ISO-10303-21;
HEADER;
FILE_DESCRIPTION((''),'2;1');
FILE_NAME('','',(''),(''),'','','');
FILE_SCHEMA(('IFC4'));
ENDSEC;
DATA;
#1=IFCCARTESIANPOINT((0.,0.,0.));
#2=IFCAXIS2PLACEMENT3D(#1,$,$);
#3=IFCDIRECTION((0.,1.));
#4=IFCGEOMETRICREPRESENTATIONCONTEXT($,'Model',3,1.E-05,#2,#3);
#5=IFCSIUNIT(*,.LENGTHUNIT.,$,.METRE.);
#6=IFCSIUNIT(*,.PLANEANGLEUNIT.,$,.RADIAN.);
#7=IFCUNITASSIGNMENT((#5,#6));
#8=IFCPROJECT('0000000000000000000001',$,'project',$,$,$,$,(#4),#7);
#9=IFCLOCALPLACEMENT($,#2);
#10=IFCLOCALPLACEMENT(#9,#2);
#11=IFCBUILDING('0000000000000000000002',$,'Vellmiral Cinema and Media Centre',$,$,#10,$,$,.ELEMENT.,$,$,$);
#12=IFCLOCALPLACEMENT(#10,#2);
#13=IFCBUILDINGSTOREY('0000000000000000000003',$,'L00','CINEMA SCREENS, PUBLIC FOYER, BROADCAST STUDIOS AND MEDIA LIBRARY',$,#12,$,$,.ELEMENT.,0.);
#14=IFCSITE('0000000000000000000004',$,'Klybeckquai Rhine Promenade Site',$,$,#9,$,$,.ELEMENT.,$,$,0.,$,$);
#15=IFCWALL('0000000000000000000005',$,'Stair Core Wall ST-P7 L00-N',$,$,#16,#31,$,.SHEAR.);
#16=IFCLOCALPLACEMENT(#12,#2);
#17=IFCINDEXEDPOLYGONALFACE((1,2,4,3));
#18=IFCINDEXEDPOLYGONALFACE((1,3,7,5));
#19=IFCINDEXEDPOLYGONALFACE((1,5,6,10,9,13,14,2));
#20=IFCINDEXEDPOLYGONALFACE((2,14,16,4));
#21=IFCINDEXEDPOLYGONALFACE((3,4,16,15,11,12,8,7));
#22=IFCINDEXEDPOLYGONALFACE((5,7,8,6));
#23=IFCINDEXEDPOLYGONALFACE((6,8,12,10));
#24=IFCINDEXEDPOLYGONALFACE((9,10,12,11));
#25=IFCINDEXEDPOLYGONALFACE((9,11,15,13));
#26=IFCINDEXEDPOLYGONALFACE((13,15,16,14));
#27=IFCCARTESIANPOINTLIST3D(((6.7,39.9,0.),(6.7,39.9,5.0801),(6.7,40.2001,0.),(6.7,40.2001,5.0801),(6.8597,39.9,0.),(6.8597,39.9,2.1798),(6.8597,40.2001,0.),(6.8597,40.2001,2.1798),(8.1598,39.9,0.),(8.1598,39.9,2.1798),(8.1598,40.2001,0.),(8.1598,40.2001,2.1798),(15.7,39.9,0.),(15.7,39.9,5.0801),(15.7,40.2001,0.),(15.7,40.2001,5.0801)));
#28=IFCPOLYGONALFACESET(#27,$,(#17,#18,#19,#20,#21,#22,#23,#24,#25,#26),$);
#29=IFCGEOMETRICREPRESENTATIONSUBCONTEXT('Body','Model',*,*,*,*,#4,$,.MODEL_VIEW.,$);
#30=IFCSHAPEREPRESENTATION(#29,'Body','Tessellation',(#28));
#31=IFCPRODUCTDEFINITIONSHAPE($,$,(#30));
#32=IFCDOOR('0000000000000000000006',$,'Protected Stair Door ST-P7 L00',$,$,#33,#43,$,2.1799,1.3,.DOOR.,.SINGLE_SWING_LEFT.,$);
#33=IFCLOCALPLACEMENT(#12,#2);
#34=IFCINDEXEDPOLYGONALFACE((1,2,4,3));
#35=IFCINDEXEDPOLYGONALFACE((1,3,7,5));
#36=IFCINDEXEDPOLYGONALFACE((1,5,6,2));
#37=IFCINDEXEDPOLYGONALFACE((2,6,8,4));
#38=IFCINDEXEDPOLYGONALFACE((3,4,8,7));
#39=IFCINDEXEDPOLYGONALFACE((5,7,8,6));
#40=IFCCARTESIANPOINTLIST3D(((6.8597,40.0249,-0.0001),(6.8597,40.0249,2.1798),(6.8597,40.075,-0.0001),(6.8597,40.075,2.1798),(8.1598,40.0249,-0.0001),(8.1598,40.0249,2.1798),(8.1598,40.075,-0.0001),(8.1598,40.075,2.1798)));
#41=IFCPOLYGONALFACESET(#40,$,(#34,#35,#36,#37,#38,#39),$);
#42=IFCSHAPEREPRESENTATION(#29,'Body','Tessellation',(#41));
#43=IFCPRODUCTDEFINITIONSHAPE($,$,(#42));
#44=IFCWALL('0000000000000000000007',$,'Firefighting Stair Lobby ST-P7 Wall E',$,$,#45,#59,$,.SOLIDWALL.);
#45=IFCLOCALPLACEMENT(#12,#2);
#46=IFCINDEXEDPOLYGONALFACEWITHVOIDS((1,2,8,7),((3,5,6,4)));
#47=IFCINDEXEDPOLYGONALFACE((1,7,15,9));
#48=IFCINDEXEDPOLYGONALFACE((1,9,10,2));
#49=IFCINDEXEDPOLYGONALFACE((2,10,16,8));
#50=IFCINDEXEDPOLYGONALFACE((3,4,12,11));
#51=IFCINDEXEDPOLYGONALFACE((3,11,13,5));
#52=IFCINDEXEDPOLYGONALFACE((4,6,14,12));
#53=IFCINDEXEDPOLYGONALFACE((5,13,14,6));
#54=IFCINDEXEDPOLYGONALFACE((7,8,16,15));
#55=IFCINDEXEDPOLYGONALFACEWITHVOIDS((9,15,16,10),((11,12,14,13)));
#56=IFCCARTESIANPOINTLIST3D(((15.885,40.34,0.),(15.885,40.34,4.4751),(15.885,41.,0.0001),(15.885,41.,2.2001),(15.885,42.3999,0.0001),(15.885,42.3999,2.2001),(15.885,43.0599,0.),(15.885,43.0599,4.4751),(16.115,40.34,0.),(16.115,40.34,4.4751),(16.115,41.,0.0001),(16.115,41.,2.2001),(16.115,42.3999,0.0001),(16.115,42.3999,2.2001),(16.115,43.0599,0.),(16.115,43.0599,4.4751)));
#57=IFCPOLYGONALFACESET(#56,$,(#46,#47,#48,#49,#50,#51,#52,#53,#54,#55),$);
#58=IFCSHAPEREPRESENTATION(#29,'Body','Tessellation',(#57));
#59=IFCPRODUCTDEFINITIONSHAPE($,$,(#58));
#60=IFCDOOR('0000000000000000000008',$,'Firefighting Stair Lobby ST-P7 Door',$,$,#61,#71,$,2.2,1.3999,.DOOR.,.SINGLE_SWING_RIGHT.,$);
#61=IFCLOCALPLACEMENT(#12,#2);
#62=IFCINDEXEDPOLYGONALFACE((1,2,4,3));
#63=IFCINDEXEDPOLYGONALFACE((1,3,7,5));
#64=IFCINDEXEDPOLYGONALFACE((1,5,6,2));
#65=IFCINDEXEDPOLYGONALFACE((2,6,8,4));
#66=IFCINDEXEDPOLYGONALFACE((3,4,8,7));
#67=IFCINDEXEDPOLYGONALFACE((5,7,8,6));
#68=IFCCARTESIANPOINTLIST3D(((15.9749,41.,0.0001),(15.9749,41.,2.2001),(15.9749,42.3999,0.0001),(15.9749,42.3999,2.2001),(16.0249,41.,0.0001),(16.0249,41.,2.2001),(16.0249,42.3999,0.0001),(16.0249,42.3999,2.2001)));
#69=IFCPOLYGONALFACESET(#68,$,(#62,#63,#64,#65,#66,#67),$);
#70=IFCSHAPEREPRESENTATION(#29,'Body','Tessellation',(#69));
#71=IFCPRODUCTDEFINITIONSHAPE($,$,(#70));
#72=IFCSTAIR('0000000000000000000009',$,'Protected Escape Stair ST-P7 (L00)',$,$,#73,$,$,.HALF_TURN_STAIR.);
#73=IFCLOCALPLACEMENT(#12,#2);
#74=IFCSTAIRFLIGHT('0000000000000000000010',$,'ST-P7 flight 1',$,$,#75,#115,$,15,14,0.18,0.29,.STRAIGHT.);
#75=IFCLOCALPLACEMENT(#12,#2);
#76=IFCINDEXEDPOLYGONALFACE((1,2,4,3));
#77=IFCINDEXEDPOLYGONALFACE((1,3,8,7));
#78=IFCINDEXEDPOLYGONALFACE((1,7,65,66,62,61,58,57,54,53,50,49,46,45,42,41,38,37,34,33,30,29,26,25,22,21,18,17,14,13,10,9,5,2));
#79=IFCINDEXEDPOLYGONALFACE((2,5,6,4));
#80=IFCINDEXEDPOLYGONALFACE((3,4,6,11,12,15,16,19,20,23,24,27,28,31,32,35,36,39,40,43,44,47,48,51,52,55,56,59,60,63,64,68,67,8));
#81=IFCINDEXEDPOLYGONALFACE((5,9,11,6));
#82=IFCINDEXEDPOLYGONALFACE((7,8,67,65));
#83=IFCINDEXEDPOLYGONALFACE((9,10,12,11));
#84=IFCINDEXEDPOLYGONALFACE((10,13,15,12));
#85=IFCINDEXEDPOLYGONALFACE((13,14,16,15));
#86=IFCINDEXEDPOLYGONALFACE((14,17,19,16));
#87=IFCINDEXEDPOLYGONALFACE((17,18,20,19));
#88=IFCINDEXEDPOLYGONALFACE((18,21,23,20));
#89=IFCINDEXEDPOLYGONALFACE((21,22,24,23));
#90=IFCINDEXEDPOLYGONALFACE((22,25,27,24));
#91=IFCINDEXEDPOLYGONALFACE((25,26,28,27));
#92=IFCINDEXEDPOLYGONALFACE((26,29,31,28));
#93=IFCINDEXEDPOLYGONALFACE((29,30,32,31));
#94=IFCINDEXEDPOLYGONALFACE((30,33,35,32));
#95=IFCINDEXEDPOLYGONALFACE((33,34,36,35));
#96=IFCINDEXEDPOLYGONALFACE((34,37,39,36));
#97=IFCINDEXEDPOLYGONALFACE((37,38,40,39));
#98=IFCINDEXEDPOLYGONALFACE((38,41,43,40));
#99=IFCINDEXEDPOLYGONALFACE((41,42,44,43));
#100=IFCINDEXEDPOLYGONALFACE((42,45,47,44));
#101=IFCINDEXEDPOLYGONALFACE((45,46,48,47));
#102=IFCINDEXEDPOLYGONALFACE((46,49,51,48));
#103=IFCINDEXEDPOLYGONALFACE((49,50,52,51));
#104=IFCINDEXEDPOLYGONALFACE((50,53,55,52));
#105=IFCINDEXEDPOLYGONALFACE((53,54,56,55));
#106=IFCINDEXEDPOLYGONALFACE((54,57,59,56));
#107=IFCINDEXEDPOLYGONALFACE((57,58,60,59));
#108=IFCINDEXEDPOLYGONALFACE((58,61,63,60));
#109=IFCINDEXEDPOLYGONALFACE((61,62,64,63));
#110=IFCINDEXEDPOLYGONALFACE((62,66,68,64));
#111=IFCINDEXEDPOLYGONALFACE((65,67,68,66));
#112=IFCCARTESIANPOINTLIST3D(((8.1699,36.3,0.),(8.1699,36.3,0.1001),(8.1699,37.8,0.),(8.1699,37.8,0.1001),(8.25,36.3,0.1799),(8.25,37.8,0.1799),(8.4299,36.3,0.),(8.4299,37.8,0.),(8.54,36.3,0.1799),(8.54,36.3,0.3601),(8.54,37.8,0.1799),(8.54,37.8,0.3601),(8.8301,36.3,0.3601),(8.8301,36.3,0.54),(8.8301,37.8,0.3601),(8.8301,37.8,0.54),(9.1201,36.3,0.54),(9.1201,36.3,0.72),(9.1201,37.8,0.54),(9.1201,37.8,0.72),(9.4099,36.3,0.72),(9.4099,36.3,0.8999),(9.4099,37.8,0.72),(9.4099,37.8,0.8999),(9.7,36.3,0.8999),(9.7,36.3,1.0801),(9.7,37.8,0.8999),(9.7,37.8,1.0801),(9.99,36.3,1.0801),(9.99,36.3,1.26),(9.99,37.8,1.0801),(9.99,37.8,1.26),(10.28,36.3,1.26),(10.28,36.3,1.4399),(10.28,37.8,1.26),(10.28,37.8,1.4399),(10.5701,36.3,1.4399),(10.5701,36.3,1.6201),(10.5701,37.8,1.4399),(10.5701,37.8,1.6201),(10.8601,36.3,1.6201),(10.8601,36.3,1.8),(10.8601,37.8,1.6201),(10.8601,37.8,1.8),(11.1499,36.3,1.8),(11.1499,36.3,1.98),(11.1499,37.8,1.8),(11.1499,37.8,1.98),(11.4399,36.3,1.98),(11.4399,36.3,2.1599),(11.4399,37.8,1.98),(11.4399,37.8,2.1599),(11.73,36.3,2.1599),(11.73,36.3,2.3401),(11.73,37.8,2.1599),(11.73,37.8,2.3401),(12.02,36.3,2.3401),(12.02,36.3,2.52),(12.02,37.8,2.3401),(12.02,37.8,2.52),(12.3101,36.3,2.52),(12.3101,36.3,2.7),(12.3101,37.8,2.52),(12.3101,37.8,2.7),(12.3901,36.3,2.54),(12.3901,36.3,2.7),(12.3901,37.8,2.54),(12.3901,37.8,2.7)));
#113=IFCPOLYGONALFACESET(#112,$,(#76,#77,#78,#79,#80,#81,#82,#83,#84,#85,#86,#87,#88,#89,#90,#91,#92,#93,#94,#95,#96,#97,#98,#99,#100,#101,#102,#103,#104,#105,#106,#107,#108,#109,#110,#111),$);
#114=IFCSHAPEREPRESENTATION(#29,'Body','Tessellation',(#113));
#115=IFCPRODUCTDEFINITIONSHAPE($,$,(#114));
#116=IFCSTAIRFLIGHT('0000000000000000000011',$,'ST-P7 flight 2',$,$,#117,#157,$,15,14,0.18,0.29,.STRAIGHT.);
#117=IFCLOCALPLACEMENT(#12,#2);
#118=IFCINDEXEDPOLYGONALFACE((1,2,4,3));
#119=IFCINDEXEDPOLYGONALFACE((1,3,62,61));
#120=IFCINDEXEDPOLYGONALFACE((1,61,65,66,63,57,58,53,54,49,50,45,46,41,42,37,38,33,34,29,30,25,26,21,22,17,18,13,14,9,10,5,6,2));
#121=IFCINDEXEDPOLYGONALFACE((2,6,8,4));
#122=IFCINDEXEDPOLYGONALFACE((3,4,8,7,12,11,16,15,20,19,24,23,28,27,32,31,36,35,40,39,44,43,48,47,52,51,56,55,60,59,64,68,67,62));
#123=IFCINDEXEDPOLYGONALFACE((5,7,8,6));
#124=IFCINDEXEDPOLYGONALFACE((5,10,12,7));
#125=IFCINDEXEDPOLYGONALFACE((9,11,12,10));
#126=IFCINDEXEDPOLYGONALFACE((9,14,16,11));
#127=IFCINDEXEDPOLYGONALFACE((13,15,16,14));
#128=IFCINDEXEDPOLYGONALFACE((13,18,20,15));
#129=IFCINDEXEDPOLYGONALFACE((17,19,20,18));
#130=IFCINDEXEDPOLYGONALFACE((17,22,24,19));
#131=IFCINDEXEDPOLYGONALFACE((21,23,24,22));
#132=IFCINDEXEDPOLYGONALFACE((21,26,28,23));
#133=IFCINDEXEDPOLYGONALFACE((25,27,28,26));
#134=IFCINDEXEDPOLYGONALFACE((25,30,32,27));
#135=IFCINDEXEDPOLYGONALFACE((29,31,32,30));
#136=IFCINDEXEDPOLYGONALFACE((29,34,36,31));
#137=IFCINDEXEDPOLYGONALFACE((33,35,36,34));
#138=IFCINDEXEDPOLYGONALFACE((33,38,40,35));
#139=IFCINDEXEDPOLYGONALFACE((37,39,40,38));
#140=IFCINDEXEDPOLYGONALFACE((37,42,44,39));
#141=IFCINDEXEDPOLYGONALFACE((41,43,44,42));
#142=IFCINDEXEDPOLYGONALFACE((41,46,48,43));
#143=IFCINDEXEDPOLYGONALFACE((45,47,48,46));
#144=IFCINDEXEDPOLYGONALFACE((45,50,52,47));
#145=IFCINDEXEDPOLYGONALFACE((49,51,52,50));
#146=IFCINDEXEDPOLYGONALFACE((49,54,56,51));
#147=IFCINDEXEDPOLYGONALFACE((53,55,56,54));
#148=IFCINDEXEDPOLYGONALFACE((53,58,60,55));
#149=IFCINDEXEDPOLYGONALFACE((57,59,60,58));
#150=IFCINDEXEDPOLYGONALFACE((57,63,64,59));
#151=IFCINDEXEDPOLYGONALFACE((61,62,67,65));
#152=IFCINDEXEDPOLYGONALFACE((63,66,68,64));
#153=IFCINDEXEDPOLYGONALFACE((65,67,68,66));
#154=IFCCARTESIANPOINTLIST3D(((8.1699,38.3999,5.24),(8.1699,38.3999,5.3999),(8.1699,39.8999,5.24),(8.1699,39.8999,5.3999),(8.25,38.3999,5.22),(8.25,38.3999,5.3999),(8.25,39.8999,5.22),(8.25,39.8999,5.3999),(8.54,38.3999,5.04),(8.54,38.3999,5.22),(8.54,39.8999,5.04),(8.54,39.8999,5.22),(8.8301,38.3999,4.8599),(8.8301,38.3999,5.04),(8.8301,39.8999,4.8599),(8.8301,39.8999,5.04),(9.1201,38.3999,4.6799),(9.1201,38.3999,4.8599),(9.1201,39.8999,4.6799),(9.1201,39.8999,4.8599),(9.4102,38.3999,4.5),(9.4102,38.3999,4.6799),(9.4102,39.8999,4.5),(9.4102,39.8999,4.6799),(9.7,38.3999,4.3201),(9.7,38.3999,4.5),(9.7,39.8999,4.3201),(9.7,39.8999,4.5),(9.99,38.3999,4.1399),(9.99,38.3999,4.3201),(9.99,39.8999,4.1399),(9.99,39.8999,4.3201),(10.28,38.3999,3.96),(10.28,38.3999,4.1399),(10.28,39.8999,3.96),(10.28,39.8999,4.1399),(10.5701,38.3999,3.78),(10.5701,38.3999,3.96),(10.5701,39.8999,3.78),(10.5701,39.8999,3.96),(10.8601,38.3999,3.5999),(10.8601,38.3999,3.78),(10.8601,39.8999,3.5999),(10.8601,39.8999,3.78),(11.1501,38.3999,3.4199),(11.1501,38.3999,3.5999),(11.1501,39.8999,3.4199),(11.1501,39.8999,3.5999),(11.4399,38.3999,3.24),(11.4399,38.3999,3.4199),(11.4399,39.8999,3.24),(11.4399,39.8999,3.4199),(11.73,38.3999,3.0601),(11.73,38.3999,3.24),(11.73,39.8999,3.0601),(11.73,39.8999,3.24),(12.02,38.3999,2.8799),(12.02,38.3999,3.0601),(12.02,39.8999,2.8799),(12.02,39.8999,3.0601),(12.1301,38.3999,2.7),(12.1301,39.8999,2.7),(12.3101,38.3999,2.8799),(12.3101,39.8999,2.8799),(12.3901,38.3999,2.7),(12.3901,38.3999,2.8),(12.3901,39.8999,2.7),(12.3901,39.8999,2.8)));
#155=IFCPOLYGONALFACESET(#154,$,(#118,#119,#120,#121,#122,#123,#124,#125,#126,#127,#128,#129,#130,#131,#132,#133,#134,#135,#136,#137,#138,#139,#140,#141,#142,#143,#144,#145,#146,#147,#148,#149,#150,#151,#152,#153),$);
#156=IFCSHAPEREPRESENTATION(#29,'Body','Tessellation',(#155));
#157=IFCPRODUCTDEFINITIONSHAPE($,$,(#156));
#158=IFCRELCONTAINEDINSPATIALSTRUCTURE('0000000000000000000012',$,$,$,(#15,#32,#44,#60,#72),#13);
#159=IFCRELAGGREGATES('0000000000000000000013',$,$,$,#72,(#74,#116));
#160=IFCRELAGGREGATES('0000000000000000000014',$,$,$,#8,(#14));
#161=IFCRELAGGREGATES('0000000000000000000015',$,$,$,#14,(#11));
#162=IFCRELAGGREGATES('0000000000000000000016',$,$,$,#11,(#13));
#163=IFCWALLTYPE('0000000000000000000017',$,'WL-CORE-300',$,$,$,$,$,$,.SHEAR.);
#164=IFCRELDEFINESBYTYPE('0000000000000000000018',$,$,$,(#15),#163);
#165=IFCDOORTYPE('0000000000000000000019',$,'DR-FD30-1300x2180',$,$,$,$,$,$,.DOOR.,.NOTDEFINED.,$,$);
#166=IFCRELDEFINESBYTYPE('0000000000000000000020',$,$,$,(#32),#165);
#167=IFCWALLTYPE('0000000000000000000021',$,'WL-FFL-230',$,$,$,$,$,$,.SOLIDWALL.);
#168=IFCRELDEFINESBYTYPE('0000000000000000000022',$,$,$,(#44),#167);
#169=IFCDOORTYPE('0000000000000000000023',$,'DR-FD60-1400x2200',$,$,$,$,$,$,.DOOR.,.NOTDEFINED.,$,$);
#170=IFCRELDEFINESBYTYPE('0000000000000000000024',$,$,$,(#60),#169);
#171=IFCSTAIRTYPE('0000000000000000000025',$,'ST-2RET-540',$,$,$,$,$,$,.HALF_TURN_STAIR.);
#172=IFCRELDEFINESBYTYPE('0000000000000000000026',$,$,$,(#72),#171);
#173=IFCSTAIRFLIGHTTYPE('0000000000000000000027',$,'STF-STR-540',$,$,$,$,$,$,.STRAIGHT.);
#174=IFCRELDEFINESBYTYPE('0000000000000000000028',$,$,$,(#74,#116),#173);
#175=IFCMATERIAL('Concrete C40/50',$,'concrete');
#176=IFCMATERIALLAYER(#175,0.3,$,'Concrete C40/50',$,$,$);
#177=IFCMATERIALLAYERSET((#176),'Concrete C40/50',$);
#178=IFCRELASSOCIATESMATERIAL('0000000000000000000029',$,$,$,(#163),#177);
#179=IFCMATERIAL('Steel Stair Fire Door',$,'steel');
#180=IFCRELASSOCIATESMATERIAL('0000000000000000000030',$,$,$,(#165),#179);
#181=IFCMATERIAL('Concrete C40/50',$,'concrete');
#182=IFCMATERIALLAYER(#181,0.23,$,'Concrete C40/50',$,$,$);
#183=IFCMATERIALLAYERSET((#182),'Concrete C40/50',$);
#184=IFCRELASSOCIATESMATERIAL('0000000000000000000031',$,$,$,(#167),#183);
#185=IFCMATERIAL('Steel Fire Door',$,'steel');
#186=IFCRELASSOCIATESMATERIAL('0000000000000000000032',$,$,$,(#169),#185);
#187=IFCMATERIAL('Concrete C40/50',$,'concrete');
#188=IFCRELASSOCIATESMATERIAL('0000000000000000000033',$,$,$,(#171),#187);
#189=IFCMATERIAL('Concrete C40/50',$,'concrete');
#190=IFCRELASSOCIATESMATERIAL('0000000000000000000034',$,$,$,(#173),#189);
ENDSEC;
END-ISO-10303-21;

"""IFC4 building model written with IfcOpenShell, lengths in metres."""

from ifc_helpers import new_model, si_unit, direction, frame, frame_2d, origin, place, context, subcontext, project, spatial, polyline, rectangle, outline, extrude, material, layer, layer_set, type_object, element, fill, aggregate, save


model = new_model("IFC4")

# Units and contexts
model_context = context("Model", 3, precision=1e-05, world=origin(), true_north=direction((0.0, 1.0)))
body_context = subcontext(model_context, "Body", "Model", "MODEL_VIEW")
ifc_project = project(units=[si_unit("LENGTHUNIT", "METRE"), si_unit("PLANEANGLEUNIT", "RADIAN")], contexts=[model_context])

# Site, building, storey
site_placement = place(None, origin())
site = spatial("IfcSite", under=ifc_project, at=site_placement, Name="Klybeckquai Rhine Promenade Site", CompositionType="ELEMENT", RefElevation=0.0)
building_placement = place(site_placement, origin())
building = spatial("IfcBuilding", under=site, at=building_placement, Name="Vellmiral Cinema and Media Centre", CompositionType="ELEMENT")
storey_placement = place(building_placement, origin())
storey = spatial("IfcBuildingStorey", under=building, at=storey_placement, Name="L00", Description="CINEMA SCREENS, PUBLIC FOYER, BROADCAST STUDIOS AND MEDIA LIBRARY", CompositionType="ELEMENT", Elevation=0.0)

# Shared definitions
ifc_material_1 = material(Name="Concrete C40/50", Category="concrete")
ifc_layer_1 = layer(ifc_material_1, 0.3, Name="Concrete C40/50")
ifc_layer_set_1 = layer_set([ifc_layer_1], Name="Concrete C40/50")
wall_type_1 = type_object("IfcWallType", Name="WL-CORE-300", PredefinedType="SHEAR", material=ifc_layer_set_1)

# Walls, openings, doors
wall_1_placement = place(storey_placement, frame((6.7, 40.05, 0.0), z_axis=(0.0, 0.0, 1.0), x_axis=(1.0, 0.0, 0.0)))
wall_1 = element("IfcWall", 1, at=wall_1_placement, inside=storey, type_object=wall_type_1, Name="Stair Core Wall ST-P7 L00-N", PredefinedType="SHEAR", context=body_context, shape_type="SweptSolid", body=[
    extrude(rectangle(XDim=9.0, YDim=0.3, at=frame_2d((4.5, 0.0))), origin(), (0.0, 0.0, 1.0), 5.0801),
])
opening_1_placement = place(wall_1_placement, frame((0.1599, 0.0, 0.0)))
opening_1 = element("IfcOpeningElement", 2, at=opening_1_placement, cuts=wall_1, PredefinedType="OPENING", context=body_context, shape_type="SweptSolid", body=[
    extrude(rectangle(XDim=1.3, YDim=2.1799, at=frame_2d((0.6499, 1.0898))), frame((0.0, 0.1621, 0.0), z_axis=(0.0, -1.0, 0.0), x_axis=(1.0, 0.0, 0.0)), (0.0, 0.0, 1.0), 0.324),
])
ifc_material_2 = material(Name="Steel Stair Fire Door", Category="steel")
door_type_1 = type_object("IfcDoorType", Name="DR-FD30-1300x2180", OperationType="NOTDEFINED", PredefinedType="DOOR", material=ifc_material_2)
door_1_placement = place(opening_1_placement, origin())
door_1 = element("IfcDoor", 3, at=door_1_placement, inside=storey, type_object=door_type_1, Name="Protected Stair Door ST-P7 L00", OperationType="SINGLE_SWING_LEFT", OverallHeight=2.1799, OverallWidth=1.3, PredefinedType="DOOR", context=body_context, shape_type="SweptSolid", body=[
    extrude(rectangle(XDim=1.3, YDim=2.1799, at=frame_2d((0.6499, 1.0898))), frame((0.0, 0.0249, 0.0), z_axis=(0.0, -1.0, 0.0), x_axis=(1.0, 0.0, 0.0)), (0.0, 0.0, 1.0), 0.05),
])
fill(opening_1, door_1)
ifc_material_3 = material(Name="Concrete C40/50", Category="concrete")
ifc_layer_2 = layer(ifc_material_3, 0.23, Name="Concrete C40/50")
ifc_layer_set_2 = layer_set([ifc_layer_2], Name="Concrete C40/50")
wall_type_2 = type_object("IfcWallType", Name="WL-FFL-230", PredefinedType="SOLIDWALL", material=ifc_layer_set_2)
wall_2_placement = place(storey_placement, frame((16.0, 40.3401, 0.0), z_axis=(0.0, 0.0, 1.0), x_axis=(0.0, 1.0, 0.0)))
wall_2 = element("IfcWall", 4, at=wall_2_placement, inside=storey, type_object=wall_type_2, Name="Firefighting Stair Lobby ST-P7 Wall E", PredefinedType="SOLIDWALL", context=body_context, shape_type="SweptSolid", body=[
    extrude(rectangle(XDim=2.72, YDim=0.23, at=frame_2d((1.3599, 0.0))), origin(), (0.0, 0.0, 1.0), 4.4751),
])
opening_2_placement = place(wall_2_placement, frame((0.6599, 0.0, 0.0)))
opening_2 = element("IfcOpeningElement", 5, at=opening_2_placement, cuts=wall_2, PredefinedType="OPENING", context=body_context, shape_type="SweptSolid", body=[
    extrude(rectangle(XDim=1.3999, YDim=2.2, at=frame_2d((0.7, 1.1001))), frame((0.0, 0.127, 0.0), z_axis=(0.0, -1.0, 0.0), x_axis=(1.0, 0.0, 0.0)), (0.0, 0.0, 1.0), 0.2539),
])
ifc_material_4 = material(Name="Steel Fire Door", Category="steel")
door_type_2 = type_object("IfcDoorType", Name="DR-FD60-1400x2200", OperationType="NOTDEFINED", PredefinedType="DOOR", material=ifc_material_4)
door_2_placement = place(opening_2_placement, frame((1.3999, 0.0, 0.0), z_axis=(0.0, 0.0, 1.0), x_axis=(-1.0, 0.0, 0.0)))
door_2 = element("IfcDoor", 6, at=door_2_placement, inside=storey, type_object=door_type_2, Name="Firefighting Stair Lobby ST-P7 Door", OperationType="SINGLE_SWING_RIGHT", OverallHeight=2.2, OverallWidth=1.3999, PredefinedType="DOOR", context=body_context, shape_type="SweptSolid", body=[
    extrude(rectangle(XDim=1.3999, YDim=2.2, at=frame_2d((0.7, 1.1001))), frame((0.0, 0.0249, 0.0), z_axis=(0.0, -1.0, 0.0), x_axis=(1.0, 0.0, 0.0)), (0.0, 0.0, 1.0), 0.05),
])
fill(opening_2, door_2)

# Stair, stair flights
ifc_material_5 = material(Name="Concrete C40/50", Category="concrete")
stair_type = type_object("IfcStairType", Name="ST-2RET-540", PredefinedType="HALF_TURN_STAIR", material=ifc_material_5)
stair_placement = place(storey_placement, origin())
stair = element("IfcStair", 7, at=stair_placement, inside=storey, type_object=stair_type, Name="Protected Escape Stair ST-P7 (L00)", PredefinedType="HALF_TURN_STAIR")
ifc_material_6 = material(Name="Concrete C40/50", Category="concrete")
stair_flight_type = type_object("IfcStairFlightType", Name="STF-STR-540", PredefinedType="STRAIGHT", material=ifc_material_6)
stair_flight_1_placement = place(storey_placement, frame((8.25, 37.05, 0.0), z_axis=(0.0, 0.0, 1.0), x_axis=(1.0, 0.0, 0.0)))
stair_flight_1 = element("IfcStairFlight", 8, at=stair_flight_1_placement, type_object=stair_flight_type, Name="ST-P7 flight 1", NumberOfRisers=15, NumberOfTreads=14, PredefinedType="STRAIGHT", RiserHeight=0.18, TreadLength=0.29, context=body_context, shape_type="SweptSolid", body=[
    extrude(outline(polyline([(-0.0801, 0.0), (-0.0801, 0.1001), (0.0, 0.1799), (0.29, 0.1799), (0.29, 0.3601), (0.5801, 0.3601), (0.5801, 0.54), (0.8701, 0.54), (0.8701, 0.72), (1.1599, 0.72), (1.1599, 0.8999), (1.45, 0.8999), (1.45, 1.0801), (1.74, 1.0801), (1.74, 1.26), (2.03, 1.26), (2.03, 1.4399), (2.3201, 1.4399), (2.3201, 1.6201), (2.6101, 1.6201), (2.6101, 1.8), (2.8999, 1.8), (2.8999, 1.98), (3.1899, 1.98), (3.1899, 2.1599), (3.48, 2.1599), (3.48, 2.3401), (3.77, 2.3401), (3.77, 2.52), (4.0601, 2.52), (4.0601, 2.7), (4.1401, 2.7), (4.1401, 2.54), (0.1799, 0.0), (-0.0801, 0.0)])), frame((0.0, 0.75, 0.0), z_axis=(0.0, -1.0, 0.0), x_axis=(1.0, 0.0, 0.0)), (0.0, 0.0, 1.0), 1.5),
])
stair_flight_2_placement = place(storey_placement, frame((12.3101, 39.1499, 2.7), z_axis=(0.0, 0.0, 1.0), x_axis=(-1.0, 0.0, 0.0)))
stair_flight_2 = element("IfcStairFlight", 9, at=stair_flight_2_placement, type_object=stair_flight_type, Name="ST-P7 flight 2", NumberOfRisers=15, NumberOfTreads=14, PredefinedType="STRAIGHT", RiserHeight=0.18, TreadLength=0.29, context=body_context, shape_type="SweptSolid", body=[
    extrude(outline(polyline([(-0.0801, 0.0), (-0.0801, 0.1001), (0.0, 0.1799), (0.29, 0.1799), (0.29, 0.3601), (0.5801, 0.3601), (0.5801, 0.54), (0.8701, 0.54), (0.8701, 0.72), (1.1599, 0.72), (1.1599, 0.8999), (1.45, 0.8999), (1.45, 1.0801), (1.74, 1.0801), (1.74, 1.26), (2.03, 1.26), (2.03, 1.4399), (2.3201, 1.4399), (2.3201, 1.6201), (2.6101, 1.6201), (2.6101, 1.8), (2.8999, 1.8), (2.8999, 1.98), (3.1899, 1.98), (3.1899, 2.1599), (3.48, 2.1599), (3.48, 2.3401), (3.77, 2.3401), (3.77, 2.52), (4.0601, 2.52), (4.0601, 2.7), (4.1401, 2.7), (4.1401, 2.54), (0.1799, 0.0), (-0.0801, 0.0)])), frame((0.0, 0.75, 0.0), z_axis=(0.0, -1.0, 0.0), x_axis=(1.0, 0.0, 0.0)), (0.0, 0.0, 1.0), 1.5),
])
aggregate(stair, [stair_flight_1, stair_flight_2])

save(model, "model.ifc")
